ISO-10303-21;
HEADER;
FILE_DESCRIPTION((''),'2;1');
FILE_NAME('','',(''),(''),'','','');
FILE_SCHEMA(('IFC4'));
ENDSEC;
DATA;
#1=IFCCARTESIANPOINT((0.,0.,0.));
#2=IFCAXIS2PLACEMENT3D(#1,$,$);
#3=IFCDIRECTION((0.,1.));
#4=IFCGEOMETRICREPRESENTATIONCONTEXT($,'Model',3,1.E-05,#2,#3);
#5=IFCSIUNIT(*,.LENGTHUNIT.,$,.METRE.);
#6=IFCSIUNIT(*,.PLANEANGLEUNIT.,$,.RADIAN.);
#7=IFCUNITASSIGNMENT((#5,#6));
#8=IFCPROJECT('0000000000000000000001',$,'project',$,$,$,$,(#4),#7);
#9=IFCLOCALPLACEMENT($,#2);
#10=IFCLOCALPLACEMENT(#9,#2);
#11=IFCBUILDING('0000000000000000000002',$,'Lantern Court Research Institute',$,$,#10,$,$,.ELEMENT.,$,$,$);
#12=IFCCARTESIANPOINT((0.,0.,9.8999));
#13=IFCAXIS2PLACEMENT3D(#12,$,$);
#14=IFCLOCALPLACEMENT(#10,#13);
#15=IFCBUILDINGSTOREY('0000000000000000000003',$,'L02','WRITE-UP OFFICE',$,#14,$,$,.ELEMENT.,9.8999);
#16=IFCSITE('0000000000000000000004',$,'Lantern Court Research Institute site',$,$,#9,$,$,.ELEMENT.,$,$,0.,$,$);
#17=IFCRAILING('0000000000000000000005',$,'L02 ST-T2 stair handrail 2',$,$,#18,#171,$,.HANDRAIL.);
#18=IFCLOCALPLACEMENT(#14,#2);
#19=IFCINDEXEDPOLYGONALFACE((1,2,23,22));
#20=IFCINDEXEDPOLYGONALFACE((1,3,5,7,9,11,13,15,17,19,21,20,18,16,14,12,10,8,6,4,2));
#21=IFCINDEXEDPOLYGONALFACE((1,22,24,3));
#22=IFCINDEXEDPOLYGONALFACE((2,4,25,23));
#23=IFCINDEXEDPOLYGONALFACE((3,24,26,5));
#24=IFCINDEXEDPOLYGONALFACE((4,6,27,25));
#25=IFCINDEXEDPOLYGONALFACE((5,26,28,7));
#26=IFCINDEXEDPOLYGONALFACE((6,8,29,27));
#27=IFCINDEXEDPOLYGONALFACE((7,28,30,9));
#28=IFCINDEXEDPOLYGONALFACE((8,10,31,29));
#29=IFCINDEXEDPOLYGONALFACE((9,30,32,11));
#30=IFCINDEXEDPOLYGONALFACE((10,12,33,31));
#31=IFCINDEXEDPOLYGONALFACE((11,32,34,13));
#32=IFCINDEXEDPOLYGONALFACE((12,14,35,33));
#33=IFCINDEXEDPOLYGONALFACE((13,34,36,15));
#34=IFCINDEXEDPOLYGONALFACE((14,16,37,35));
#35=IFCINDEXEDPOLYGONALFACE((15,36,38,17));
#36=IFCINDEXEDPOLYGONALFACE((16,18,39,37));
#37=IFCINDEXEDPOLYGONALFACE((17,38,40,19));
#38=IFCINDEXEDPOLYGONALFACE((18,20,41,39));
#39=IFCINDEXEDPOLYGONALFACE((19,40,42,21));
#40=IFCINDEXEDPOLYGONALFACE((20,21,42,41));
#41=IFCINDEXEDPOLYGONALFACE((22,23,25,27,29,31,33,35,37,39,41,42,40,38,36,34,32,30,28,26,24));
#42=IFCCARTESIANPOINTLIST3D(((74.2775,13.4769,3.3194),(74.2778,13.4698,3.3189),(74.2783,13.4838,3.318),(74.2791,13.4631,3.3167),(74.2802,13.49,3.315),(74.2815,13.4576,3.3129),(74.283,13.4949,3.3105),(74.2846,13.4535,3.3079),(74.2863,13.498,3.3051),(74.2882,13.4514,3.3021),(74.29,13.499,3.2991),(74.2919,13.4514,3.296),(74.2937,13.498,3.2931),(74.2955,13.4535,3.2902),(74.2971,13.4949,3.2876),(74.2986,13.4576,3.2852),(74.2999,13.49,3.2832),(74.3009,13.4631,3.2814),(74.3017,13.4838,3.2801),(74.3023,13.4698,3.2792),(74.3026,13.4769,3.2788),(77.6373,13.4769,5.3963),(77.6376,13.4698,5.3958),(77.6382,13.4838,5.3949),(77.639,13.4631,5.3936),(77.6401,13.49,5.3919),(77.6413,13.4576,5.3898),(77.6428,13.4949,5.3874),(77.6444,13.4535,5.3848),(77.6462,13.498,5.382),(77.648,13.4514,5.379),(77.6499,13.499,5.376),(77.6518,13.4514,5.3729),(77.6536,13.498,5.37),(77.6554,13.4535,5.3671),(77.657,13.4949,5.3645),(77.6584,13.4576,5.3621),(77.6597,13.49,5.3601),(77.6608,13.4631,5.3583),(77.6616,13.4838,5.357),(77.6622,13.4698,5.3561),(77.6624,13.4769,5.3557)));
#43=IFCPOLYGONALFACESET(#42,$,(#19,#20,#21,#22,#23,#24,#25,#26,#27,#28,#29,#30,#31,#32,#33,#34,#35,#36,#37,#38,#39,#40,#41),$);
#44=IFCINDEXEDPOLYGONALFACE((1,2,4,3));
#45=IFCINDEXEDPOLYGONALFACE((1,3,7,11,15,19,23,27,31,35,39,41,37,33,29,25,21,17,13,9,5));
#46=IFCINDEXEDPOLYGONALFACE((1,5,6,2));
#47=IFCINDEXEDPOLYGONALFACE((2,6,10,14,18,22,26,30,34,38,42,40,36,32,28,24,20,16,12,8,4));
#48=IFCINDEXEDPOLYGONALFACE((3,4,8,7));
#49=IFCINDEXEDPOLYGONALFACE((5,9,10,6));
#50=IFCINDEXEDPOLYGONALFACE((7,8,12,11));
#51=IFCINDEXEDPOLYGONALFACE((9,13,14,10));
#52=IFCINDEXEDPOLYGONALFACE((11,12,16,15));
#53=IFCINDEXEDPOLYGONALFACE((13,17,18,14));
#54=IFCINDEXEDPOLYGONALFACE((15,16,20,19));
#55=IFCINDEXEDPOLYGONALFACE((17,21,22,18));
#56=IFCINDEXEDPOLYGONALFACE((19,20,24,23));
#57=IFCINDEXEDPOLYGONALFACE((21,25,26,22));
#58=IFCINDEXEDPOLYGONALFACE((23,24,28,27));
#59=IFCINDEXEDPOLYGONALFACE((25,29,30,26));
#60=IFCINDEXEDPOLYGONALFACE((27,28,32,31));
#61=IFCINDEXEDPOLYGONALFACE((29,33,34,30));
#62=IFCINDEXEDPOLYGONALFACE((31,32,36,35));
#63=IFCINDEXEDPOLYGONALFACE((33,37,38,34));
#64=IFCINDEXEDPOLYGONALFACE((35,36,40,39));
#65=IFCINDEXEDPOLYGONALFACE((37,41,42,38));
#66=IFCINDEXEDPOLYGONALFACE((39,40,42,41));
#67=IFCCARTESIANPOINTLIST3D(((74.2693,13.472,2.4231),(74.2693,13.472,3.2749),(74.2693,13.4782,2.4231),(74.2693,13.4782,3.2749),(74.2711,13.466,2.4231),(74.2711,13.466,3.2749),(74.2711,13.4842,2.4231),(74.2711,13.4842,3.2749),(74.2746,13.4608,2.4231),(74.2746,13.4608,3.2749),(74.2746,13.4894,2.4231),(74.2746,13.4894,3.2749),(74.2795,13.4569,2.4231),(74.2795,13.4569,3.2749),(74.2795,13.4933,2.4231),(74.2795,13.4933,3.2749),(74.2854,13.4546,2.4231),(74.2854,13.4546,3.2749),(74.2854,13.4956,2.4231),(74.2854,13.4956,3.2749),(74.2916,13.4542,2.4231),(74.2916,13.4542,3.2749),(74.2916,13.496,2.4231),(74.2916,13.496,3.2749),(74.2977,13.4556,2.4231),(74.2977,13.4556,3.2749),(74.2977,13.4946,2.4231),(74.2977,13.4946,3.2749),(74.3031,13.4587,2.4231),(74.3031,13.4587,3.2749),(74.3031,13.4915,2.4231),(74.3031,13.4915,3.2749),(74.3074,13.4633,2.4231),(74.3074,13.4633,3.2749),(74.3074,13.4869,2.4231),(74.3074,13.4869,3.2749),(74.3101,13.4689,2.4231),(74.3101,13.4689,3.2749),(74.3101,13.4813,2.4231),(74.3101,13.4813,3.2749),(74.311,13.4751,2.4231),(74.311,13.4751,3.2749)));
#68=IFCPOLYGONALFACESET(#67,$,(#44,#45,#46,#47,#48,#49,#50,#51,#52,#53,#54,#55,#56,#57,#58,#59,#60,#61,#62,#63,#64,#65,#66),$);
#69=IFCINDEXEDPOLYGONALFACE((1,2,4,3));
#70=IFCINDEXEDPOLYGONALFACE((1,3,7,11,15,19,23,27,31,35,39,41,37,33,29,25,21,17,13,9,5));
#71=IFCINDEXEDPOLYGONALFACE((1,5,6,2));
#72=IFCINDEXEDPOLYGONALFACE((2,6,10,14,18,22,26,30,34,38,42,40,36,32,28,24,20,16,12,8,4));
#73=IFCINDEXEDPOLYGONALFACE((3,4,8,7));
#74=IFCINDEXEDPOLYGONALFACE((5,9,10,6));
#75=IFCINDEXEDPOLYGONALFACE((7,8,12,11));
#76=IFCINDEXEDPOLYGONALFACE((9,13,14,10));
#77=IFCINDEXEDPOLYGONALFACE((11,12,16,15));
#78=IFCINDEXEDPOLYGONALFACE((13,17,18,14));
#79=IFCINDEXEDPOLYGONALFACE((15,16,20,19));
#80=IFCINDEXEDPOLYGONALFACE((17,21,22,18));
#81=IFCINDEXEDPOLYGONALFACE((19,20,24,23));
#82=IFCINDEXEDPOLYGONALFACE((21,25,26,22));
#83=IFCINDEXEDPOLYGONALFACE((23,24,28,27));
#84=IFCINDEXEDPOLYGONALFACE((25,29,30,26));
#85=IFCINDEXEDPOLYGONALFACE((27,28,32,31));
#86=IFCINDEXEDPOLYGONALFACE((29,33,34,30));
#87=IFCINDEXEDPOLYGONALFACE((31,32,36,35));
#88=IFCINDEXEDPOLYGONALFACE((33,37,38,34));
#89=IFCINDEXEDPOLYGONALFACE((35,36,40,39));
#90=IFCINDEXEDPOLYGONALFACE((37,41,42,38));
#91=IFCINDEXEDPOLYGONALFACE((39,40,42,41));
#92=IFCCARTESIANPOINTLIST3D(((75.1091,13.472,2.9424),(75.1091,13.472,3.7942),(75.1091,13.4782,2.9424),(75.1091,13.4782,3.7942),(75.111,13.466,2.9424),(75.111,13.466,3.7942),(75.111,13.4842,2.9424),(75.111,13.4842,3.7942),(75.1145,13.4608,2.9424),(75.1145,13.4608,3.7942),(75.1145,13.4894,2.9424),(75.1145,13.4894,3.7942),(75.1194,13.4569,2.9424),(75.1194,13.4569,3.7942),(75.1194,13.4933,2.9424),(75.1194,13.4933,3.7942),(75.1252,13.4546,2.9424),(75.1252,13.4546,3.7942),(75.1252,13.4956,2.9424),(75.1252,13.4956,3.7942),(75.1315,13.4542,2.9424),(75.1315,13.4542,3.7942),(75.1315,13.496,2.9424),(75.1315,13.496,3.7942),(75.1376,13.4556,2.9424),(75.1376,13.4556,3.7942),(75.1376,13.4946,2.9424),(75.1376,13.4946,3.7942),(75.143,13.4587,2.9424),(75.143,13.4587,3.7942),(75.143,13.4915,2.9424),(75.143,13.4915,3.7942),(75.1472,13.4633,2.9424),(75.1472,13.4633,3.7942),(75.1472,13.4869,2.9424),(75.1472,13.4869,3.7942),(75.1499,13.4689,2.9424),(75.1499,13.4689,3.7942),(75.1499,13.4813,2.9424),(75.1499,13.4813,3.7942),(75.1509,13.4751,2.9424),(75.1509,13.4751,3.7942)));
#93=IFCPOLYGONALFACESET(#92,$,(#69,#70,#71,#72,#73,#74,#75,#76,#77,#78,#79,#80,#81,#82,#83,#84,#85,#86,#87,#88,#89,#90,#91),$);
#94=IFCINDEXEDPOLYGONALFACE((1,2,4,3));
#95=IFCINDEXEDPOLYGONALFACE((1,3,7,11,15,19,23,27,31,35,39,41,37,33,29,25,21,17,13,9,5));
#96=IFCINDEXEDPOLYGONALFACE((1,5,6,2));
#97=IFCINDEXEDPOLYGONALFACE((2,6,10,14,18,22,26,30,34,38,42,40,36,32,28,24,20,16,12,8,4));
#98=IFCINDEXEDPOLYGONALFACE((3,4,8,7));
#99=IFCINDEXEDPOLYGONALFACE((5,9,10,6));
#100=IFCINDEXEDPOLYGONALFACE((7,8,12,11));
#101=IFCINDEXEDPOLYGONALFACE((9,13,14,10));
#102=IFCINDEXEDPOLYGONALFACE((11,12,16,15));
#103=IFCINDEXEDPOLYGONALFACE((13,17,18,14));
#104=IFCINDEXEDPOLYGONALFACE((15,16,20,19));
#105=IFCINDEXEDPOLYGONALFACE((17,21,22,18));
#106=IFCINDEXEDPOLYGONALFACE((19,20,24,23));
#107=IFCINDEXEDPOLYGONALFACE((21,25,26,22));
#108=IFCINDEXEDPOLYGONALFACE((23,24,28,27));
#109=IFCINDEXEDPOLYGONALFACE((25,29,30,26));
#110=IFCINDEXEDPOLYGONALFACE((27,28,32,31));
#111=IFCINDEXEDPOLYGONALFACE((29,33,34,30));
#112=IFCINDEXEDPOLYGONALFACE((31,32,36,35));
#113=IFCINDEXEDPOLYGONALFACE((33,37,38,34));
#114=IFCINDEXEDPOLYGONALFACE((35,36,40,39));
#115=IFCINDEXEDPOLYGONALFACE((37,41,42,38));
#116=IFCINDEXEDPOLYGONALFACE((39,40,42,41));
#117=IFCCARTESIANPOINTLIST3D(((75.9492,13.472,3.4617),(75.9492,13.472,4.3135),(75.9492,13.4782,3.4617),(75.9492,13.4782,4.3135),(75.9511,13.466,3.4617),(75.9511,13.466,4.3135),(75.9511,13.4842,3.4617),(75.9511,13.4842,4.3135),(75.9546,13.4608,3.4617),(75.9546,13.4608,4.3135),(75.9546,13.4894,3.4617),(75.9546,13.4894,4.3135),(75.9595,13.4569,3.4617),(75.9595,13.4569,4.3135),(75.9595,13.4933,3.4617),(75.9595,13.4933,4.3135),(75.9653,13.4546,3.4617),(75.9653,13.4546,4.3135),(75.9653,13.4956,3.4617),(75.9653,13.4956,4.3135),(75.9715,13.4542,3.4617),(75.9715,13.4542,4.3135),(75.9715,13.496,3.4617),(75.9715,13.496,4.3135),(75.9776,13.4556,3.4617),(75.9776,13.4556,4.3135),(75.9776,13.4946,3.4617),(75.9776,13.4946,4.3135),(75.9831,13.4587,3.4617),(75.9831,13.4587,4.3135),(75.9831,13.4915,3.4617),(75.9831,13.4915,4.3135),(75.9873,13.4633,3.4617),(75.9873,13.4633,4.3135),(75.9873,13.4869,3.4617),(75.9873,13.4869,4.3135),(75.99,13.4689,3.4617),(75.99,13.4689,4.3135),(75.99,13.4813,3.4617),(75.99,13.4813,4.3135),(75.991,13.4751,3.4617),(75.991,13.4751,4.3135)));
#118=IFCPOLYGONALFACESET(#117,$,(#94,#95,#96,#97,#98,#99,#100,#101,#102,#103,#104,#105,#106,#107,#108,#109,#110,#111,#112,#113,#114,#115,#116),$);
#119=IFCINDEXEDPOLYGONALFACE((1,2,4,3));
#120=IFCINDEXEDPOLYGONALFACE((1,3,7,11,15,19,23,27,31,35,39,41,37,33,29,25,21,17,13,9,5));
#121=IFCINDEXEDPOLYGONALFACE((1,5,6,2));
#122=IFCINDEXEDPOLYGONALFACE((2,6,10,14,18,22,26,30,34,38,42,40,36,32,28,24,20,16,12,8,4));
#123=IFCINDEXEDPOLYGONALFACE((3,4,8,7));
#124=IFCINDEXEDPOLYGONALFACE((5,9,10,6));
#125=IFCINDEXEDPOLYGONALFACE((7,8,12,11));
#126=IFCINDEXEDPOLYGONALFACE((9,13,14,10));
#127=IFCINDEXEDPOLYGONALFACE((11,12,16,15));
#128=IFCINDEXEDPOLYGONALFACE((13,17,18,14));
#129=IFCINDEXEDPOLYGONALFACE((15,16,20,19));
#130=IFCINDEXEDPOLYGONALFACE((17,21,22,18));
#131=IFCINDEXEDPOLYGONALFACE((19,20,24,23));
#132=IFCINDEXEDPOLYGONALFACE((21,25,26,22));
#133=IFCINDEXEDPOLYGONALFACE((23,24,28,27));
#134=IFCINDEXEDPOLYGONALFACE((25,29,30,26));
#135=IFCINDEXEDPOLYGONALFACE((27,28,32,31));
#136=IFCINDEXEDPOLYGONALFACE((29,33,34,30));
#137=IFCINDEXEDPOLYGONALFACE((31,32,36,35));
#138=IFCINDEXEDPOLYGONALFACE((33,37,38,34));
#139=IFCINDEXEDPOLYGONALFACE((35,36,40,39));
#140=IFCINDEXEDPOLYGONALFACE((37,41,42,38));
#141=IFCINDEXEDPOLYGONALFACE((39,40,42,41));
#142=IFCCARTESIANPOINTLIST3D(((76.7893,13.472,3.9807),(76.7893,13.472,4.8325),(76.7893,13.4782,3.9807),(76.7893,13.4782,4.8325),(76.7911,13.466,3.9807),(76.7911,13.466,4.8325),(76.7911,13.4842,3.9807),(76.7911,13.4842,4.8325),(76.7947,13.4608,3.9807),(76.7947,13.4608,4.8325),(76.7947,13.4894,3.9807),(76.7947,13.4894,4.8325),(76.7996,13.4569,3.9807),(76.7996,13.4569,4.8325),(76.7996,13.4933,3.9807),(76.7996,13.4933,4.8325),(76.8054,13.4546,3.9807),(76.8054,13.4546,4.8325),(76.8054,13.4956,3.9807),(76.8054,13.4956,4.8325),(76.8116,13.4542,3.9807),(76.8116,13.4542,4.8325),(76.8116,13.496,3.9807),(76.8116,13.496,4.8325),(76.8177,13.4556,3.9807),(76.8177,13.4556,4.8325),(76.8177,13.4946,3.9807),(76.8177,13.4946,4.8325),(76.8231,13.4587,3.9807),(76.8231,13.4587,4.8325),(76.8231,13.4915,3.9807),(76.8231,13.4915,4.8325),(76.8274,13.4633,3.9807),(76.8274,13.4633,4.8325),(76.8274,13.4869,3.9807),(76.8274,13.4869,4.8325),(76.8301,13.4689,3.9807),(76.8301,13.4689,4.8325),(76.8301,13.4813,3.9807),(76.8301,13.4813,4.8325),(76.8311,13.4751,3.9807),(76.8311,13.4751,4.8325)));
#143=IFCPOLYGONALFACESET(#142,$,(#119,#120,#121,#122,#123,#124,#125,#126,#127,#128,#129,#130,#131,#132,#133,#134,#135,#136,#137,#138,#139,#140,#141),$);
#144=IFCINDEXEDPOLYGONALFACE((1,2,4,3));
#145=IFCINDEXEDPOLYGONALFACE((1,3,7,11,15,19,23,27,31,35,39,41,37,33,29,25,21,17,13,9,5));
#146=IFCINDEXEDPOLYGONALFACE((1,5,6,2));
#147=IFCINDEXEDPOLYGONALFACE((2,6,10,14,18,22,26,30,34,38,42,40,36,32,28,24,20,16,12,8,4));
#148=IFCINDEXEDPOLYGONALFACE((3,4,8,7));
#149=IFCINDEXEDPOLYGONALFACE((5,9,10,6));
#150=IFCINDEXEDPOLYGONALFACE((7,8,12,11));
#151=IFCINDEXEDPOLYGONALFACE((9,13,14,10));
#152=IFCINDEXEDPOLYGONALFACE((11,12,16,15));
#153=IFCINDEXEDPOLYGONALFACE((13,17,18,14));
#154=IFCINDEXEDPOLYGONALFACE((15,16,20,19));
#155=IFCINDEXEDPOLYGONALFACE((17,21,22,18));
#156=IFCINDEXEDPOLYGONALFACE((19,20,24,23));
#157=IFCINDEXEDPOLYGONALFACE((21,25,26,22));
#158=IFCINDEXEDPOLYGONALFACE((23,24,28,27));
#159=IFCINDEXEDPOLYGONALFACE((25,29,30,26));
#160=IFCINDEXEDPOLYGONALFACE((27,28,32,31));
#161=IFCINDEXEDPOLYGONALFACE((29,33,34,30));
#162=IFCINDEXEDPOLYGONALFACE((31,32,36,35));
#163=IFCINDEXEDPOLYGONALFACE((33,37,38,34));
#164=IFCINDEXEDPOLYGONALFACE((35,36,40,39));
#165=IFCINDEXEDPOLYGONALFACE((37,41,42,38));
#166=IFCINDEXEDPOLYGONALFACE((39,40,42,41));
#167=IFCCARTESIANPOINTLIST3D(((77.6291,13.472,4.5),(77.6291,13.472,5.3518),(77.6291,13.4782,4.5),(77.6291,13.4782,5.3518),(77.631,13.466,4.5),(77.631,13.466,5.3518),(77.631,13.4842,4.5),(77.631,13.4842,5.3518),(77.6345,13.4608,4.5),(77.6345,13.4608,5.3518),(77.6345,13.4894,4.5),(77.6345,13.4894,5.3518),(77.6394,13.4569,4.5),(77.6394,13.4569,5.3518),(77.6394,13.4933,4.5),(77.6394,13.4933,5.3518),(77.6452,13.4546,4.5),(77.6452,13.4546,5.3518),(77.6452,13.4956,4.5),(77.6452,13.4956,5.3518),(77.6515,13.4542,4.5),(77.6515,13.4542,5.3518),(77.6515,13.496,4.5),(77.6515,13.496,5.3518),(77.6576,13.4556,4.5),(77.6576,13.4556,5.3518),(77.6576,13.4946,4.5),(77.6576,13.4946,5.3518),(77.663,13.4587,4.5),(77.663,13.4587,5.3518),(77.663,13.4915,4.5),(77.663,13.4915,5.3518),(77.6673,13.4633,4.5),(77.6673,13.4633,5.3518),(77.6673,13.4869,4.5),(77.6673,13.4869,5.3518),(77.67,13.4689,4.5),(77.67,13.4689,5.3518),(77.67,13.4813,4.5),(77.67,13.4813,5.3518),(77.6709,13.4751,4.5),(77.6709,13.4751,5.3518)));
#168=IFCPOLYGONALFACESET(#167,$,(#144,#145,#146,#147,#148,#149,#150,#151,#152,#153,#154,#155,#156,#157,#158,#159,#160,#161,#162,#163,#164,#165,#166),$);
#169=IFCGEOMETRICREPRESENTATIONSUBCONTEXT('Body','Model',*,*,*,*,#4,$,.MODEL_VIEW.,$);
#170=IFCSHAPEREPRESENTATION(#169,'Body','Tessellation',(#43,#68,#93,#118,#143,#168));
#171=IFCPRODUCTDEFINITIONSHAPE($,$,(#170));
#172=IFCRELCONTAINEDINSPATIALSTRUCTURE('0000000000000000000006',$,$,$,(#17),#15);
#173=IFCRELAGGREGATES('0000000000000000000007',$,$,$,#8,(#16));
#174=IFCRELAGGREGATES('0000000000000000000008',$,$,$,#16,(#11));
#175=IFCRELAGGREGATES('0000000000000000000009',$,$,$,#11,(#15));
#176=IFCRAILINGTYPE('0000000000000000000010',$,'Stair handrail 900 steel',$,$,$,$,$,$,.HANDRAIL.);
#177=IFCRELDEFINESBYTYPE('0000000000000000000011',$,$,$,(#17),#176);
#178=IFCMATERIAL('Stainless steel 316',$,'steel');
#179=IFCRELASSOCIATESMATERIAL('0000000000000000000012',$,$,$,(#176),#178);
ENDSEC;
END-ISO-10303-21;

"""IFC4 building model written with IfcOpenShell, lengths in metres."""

from ifc_helpers import new_model, si_unit, direction, frame, origin, origin_2d, place, context, subcontext, project, spatial, circle, extrude, material, type_object, element, save


model = new_model("IFC4")

# Units and contexts
model_context = context("Model", 3, precision=1e-05, world=origin(), true_north=direction((0.0, 1.0)))
body_context = subcontext(model_context, "Body", "Model", "MODEL_VIEW")
ifc_project = project(units=[si_unit("LENGTHUNIT", "METRE"), si_unit("PLANEANGLEUNIT", "RADIAN")], contexts=[model_context])

# Site, building, storey
site_placement = place(None, origin())
site = spatial("IfcSite", under=ifc_project, at=site_placement, Name="Lantern Court Research Institute site", CompositionType="ELEMENT", RefElevation=0.0)
building_placement = place(site_placement, origin())
building = spatial("IfcBuilding", under=site, at=building_placement, Name="Lantern Court Research Institute", CompositionType="ELEMENT")
storey_placement = place(building_placement, frame((0.0, 0.0, 9.8999)))
storey = spatial("IfcBuildingStorey", under=building, at=storey_placement, Name="L02", Description="WRITE-UP OFFICE", CompositionType="ELEMENT", Elevation=9.8999)

# Railing
ifc_material_1 = material(Name="Stainless steel 316", Category="steel")
railing_type_1 = type_object("IfcRailingType", Name="Stair handrail 900 steel", PredefinedType="HANDRAIL", material=ifc_material_1)
railing_1_placement = place(storey_placement, frame((74.29, 13.4751, 2.4231)))
element("IfcRailing", 1, at=railing_1_placement, inside=storey, type_object=railing_type_1, Name="L02 ST-T2 stair handrail 2", PredefinedType="HANDRAIL", context=body_context, shape_type="SweptSolid", body=[
    extrude(circle(Radius=0.0239, at=origin_2d()), frame((0.0, 0.0, 0.876), z_axis=(0.850606, 0.0, 0.525803), x_axis=(0.0, 1.0, 0.0)), (0.0, 0.0, 1.0), 3.95),
    extrude(circle(Radius=0.021, at=origin_2d()), origin(), (0.0, 0.0, 1.0), 0.8518),
    extrude(circle(Radius=0.021, at=origin_2d()), frame((0.8398, 0.0, 0.5193)), (0.0, 0.0, 1.0), 0.8518),
    extrude(circle(Radius=0.021, at=origin_2d()), frame((1.6799, 0.0, 1.0386)), (0.0, 0.0, 1.0), 0.8518),
    extrude(circle(Radius=0.021, at=origin_2d()), frame((2.52, 0.0, 1.5576)), (0.0, 0.0, 1.0), 0.8518),
    extrude(circle(Radius=0.021, at=origin_2d()), frame((3.3599, 0.0, 2.0769)), (0.0, 0.0, 1.0), 0.8518),
])

save(model, "model.ifc")
